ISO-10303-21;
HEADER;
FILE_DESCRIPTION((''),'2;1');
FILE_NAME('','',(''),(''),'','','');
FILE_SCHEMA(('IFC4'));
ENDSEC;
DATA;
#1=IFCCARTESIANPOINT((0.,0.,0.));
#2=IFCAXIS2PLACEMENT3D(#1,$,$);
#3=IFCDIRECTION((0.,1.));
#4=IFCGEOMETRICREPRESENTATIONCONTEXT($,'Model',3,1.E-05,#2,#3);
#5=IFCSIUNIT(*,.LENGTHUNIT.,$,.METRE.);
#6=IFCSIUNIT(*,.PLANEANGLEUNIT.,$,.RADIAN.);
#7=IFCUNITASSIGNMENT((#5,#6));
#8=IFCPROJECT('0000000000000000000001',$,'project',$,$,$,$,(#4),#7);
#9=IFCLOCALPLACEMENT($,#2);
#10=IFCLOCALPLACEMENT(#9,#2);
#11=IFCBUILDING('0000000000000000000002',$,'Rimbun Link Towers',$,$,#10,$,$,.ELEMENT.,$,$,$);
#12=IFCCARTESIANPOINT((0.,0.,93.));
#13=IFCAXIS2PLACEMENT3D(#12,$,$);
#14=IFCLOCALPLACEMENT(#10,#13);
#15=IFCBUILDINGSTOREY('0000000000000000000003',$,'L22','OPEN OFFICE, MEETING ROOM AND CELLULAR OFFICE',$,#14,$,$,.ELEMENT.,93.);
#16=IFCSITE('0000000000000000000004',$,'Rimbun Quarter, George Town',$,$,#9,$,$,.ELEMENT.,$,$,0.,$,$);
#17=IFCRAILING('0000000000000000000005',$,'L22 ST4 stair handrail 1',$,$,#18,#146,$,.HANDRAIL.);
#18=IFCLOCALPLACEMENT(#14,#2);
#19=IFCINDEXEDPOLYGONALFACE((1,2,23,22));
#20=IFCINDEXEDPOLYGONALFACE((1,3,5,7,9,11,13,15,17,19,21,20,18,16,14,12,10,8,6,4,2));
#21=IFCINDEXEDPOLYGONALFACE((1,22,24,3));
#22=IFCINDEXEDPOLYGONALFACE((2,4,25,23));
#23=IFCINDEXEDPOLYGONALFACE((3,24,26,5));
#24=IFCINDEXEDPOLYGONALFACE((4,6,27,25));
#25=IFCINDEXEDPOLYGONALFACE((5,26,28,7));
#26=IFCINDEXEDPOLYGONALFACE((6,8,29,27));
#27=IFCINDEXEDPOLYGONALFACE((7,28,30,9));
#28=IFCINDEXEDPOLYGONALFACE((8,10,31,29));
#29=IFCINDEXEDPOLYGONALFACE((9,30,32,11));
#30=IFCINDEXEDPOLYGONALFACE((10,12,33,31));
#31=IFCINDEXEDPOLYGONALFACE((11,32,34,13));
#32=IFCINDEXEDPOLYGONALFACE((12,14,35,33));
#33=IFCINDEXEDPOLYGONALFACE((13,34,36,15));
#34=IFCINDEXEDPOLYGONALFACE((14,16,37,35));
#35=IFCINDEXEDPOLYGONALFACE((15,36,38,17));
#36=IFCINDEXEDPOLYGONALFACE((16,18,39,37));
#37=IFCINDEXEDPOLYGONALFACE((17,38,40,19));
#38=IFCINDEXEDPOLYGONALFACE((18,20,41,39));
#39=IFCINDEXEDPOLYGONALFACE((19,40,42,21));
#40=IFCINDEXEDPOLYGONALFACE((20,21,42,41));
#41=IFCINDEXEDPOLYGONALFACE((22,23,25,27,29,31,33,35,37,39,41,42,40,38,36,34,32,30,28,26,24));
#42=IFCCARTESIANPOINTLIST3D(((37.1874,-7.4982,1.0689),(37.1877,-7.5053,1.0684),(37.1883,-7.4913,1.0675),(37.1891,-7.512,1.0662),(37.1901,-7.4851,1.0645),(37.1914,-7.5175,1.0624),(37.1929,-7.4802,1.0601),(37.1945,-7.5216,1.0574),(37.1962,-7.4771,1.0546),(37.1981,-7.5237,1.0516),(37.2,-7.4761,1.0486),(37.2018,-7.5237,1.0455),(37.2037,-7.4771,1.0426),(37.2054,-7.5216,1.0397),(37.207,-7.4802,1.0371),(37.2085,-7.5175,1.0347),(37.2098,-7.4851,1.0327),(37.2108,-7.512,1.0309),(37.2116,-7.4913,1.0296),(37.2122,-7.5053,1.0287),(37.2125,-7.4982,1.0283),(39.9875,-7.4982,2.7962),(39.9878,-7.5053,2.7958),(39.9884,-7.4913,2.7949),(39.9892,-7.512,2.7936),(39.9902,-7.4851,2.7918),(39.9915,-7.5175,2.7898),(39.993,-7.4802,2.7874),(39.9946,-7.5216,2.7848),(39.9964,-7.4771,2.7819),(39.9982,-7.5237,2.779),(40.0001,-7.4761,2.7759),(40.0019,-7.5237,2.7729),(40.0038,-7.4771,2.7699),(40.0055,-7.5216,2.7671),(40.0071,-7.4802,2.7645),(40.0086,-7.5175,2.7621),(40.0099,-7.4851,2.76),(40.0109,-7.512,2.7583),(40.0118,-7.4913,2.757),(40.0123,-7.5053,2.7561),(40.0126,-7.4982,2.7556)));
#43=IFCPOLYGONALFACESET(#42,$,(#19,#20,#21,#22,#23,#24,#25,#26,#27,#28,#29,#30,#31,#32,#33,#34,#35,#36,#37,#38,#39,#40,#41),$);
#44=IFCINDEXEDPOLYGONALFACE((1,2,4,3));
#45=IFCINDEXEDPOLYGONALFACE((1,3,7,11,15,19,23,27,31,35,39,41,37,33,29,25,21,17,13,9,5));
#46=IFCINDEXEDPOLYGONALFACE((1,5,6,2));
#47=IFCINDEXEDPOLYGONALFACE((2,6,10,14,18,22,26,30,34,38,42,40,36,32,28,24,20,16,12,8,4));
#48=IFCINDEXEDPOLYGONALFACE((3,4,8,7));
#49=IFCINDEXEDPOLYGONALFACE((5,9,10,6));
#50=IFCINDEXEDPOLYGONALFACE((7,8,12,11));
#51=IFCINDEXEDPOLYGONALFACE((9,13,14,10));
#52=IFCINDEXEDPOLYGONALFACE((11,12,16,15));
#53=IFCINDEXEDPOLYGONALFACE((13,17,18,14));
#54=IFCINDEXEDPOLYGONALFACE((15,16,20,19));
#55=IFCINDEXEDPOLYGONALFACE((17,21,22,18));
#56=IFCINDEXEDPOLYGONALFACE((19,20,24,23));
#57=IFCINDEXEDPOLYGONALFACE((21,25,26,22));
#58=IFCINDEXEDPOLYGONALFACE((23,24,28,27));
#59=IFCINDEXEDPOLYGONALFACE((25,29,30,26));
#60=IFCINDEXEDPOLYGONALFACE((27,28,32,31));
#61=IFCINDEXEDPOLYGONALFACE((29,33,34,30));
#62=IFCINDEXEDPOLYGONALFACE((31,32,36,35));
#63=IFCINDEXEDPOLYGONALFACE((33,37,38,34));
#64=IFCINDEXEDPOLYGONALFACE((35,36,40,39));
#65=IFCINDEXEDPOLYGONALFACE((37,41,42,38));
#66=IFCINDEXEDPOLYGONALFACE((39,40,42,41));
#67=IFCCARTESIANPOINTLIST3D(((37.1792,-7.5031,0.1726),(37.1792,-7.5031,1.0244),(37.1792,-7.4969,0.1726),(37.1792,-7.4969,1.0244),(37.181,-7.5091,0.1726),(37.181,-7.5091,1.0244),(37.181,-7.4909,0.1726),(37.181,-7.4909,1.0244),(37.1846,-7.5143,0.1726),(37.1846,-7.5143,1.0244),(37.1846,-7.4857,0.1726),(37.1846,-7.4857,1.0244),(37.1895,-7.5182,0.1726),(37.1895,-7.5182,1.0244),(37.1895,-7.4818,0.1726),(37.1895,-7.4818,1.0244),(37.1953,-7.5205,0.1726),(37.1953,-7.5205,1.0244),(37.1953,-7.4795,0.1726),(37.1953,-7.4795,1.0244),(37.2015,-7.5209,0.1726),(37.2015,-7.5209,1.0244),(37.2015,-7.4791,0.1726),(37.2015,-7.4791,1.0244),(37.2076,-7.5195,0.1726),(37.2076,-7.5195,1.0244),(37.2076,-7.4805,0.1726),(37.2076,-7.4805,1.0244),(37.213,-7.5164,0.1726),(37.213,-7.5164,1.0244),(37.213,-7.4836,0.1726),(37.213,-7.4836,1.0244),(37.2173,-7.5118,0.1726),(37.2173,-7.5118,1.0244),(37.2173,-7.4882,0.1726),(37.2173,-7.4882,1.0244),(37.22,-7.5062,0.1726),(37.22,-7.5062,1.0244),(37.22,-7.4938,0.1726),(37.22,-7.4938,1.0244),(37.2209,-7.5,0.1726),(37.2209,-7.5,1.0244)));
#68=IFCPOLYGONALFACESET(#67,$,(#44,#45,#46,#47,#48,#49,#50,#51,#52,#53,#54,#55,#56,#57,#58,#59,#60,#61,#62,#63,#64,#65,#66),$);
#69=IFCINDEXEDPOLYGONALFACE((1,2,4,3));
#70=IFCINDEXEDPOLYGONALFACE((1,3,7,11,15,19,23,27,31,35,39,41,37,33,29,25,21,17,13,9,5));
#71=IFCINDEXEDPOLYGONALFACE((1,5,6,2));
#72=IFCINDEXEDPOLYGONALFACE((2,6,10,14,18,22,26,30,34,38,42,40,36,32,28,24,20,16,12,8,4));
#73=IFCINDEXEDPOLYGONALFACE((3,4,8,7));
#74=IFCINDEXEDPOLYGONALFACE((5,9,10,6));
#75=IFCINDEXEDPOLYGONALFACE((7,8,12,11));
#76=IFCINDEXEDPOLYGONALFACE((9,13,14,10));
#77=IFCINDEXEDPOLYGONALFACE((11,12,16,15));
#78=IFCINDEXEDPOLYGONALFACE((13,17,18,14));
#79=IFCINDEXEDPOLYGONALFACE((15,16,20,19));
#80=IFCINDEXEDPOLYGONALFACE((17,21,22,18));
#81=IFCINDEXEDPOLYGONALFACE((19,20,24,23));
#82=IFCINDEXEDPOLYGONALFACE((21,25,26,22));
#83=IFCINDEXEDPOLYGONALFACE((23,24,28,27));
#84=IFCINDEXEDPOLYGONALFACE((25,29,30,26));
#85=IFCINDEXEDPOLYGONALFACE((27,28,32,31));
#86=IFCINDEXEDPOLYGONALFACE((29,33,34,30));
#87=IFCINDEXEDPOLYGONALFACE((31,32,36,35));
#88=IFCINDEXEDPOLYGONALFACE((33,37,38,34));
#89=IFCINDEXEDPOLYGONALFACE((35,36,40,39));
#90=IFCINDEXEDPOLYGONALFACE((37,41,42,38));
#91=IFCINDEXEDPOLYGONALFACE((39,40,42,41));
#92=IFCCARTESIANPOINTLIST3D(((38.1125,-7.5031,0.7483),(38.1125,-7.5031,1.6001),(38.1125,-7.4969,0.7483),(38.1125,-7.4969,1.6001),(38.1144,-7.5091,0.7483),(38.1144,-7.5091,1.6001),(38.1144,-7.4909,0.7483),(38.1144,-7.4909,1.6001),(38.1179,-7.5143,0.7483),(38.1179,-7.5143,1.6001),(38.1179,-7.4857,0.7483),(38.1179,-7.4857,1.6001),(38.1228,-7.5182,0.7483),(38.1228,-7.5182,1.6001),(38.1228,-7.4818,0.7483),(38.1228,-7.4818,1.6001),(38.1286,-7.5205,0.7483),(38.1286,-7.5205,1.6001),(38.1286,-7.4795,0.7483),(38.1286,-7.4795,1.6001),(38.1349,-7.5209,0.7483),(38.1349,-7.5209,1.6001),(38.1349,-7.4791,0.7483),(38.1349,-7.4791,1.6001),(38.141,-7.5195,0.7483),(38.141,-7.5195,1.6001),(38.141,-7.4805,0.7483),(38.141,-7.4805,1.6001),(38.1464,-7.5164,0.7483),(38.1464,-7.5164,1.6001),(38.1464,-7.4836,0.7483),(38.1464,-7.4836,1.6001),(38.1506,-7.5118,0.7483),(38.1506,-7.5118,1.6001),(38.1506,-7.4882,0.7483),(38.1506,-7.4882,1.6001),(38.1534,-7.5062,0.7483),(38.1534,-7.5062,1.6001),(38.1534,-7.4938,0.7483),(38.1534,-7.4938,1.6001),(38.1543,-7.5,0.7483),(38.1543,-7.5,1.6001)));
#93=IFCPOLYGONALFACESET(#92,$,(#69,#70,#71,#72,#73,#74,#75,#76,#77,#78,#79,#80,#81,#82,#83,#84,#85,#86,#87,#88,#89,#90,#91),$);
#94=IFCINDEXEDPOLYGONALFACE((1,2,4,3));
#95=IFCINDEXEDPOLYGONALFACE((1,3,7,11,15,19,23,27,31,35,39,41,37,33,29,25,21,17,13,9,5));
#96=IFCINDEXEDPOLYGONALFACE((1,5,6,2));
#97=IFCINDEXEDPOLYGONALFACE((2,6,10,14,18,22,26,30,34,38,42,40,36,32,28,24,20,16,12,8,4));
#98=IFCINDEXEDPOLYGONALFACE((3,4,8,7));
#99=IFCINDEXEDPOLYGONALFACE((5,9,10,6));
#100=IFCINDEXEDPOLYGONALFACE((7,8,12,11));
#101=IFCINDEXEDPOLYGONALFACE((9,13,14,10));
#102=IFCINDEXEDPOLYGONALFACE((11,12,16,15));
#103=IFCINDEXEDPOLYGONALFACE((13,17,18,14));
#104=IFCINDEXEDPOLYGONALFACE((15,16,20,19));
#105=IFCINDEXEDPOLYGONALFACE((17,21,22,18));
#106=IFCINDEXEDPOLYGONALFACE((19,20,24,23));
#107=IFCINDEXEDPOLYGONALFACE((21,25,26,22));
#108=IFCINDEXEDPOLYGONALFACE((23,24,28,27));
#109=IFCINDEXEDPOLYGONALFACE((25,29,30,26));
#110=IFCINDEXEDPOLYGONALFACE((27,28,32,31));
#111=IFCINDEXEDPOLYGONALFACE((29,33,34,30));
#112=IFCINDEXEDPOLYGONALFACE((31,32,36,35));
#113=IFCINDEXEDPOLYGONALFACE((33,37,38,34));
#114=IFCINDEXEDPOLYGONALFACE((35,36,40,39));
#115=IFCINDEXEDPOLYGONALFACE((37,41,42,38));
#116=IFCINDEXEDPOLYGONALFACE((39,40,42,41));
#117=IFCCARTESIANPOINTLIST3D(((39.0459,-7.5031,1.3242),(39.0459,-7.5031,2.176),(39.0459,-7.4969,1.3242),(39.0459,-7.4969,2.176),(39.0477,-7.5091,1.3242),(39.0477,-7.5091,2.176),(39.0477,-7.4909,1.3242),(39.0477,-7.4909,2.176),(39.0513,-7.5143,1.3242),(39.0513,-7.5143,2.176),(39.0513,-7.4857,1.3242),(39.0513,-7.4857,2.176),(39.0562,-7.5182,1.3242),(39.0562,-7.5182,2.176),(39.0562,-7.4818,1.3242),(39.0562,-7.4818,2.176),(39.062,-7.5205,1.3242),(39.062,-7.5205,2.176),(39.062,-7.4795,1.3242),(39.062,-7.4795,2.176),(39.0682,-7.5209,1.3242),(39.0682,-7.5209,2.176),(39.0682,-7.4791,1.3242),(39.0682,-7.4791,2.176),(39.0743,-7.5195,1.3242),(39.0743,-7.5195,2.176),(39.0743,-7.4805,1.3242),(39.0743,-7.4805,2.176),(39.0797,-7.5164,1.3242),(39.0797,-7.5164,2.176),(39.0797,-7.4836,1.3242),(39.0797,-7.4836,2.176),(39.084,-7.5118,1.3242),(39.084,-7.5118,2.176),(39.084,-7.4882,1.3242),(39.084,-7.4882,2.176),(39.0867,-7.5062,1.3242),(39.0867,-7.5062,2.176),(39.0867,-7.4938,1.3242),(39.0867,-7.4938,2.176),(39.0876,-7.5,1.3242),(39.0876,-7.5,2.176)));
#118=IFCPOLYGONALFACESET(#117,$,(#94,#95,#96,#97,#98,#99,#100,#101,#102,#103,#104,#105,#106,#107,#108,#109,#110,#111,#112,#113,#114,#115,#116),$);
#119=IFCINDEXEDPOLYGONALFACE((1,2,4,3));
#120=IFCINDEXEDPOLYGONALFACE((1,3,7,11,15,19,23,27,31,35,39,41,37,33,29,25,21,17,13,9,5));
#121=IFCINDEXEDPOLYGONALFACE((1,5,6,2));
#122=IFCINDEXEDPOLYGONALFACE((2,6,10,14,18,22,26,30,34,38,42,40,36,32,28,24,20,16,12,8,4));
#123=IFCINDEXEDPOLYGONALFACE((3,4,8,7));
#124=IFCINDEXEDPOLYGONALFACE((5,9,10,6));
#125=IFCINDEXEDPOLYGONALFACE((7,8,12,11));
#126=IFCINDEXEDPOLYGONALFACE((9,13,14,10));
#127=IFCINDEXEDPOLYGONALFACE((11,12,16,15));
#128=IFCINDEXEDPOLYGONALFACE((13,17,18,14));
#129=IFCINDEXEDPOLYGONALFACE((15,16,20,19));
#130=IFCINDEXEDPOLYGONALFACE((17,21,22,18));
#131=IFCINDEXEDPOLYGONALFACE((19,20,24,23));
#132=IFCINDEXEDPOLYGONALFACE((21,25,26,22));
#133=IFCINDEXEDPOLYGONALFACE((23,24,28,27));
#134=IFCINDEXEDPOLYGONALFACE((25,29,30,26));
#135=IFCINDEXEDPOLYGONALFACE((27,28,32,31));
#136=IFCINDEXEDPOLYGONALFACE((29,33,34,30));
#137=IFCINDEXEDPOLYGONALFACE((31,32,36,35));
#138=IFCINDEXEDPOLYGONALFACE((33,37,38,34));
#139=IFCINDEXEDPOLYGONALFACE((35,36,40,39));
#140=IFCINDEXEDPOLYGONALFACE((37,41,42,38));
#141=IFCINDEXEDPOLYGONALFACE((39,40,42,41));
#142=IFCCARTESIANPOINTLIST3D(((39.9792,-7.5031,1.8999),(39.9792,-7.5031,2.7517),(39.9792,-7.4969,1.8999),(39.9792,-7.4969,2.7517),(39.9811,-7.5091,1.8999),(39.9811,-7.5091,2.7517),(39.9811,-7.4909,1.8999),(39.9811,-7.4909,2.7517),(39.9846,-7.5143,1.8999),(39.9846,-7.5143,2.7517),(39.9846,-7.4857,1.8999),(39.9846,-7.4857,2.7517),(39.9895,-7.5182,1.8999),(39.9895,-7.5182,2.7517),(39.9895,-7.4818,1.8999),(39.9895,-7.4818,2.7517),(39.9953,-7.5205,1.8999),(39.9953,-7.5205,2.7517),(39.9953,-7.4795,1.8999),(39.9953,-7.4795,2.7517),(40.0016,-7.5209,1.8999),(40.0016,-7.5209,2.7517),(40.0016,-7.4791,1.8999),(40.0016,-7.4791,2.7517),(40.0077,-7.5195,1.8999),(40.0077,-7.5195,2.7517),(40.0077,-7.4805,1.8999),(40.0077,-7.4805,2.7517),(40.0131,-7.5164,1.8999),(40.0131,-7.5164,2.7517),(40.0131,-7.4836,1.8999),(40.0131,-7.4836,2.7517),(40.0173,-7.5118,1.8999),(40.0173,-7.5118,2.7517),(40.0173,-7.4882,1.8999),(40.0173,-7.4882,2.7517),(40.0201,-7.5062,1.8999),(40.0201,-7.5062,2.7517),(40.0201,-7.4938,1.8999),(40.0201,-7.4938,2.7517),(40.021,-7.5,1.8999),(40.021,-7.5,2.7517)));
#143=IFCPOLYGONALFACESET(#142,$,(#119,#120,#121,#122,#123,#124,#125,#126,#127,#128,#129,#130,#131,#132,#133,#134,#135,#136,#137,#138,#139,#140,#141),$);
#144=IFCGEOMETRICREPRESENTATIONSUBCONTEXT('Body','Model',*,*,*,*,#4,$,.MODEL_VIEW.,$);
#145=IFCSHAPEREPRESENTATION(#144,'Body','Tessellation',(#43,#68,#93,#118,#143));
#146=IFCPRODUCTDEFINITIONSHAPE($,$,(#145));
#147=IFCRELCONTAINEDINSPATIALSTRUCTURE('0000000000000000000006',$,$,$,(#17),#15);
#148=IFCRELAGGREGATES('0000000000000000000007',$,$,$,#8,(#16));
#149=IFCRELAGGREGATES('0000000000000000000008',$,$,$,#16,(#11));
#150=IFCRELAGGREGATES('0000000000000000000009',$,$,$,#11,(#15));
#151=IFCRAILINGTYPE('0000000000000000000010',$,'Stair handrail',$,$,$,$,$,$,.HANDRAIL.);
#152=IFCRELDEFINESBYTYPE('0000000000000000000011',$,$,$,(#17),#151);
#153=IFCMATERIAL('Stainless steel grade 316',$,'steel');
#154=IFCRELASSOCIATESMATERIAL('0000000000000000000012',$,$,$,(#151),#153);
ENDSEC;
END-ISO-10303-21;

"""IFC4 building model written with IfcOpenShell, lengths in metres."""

from ifc_helpers import new_model, si_unit, direction, frame, origin, origin_2d, place, context, subcontext, project, spatial, circle, extrude, material, type_object, element, save


model = new_model("IFC4")

# Units and contexts
model_context = context("Model", 3, precision=1e-05, world=origin(), true_north=direction((0.0, 1.0)))
body_context = subcontext(model_context, "Body", "Model", "MODEL_VIEW")
ifc_project = project(units=[si_unit("LENGTHUNIT", "METRE"), si_unit("PLANEANGLEUNIT", "RADIAN")], contexts=[model_context])

# Site, building, storey
site_placement = place(None, origin())
site = spatial("IfcSite", under=ifc_project, at=site_placement, Name="Rimbun Quarter, George Town", CompositionType="ELEMENT", RefElevation=0.0)
building_placement = place(site_placement, origin())
building = spatial("IfcBuilding", under=site, at=building_placement, Name="Rimbun Link Towers", CompositionType="ELEMENT")
storey_placement = place(building_placement, frame((0.0, 0.0, 93.0)))
storey = spatial("IfcBuildingStorey", under=building, at=storey_placement, Name="L22", Description="OPEN OFFICE, MEETING ROOM AND CELLULAR OFFICE", CompositionType="ELEMENT", Elevation=93.0)

# Railing
ifc_material_1 = material(Name="Stainless steel grade 316", Category="steel")
railing_type_1 = type_object("IfcRailingType", Name="Stair handrail", PredefinedType="HANDRAIL", material=ifc_material_1)
railing_1_placement = place(storey_placement, frame((37.2, -7.5, 0.1726)))
element("IfcRailing", 1, at=railing_1_placement, inside=storey, type_object=railing_type_1, Name="L22 ST4 stair handrail 1", PredefinedType="HANDRAIL", context=body_context, shape_type="SweptSolid", body=[
    extrude(circle(Radius=0.0239, at=origin_2d()), frame((0.0, 0.0, 0.876), z_axis=(0.85109, 0.0, 0.52502), x_axis=(0.0, 1.0, 0.0)), (0.0, 0.0, 1.0), 3.29),
    extrude(circle(Radius=0.021, at=origin_2d()), origin(), (0.0, 0.0, 1.0), 0.8518),
    extrude(circle(Radius=0.021, at=origin_2d()), frame((0.9333, 0.0, 0.5757)), (0.0, 0.0, 1.0), 0.8518),
    extrude(circle(Radius=0.021, at=origin_2d()), frame((1.8667, 0.0, 1.1516)), (0.0, 0.0, 1.0), 0.8518),
    extrude(circle(Radius=0.021, at=origin_2d()), frame((2.8, 0.0, 1.7273)), (0.0, 0.0, 1.0), 0.8518),
])

save(model, "model.ifc")
